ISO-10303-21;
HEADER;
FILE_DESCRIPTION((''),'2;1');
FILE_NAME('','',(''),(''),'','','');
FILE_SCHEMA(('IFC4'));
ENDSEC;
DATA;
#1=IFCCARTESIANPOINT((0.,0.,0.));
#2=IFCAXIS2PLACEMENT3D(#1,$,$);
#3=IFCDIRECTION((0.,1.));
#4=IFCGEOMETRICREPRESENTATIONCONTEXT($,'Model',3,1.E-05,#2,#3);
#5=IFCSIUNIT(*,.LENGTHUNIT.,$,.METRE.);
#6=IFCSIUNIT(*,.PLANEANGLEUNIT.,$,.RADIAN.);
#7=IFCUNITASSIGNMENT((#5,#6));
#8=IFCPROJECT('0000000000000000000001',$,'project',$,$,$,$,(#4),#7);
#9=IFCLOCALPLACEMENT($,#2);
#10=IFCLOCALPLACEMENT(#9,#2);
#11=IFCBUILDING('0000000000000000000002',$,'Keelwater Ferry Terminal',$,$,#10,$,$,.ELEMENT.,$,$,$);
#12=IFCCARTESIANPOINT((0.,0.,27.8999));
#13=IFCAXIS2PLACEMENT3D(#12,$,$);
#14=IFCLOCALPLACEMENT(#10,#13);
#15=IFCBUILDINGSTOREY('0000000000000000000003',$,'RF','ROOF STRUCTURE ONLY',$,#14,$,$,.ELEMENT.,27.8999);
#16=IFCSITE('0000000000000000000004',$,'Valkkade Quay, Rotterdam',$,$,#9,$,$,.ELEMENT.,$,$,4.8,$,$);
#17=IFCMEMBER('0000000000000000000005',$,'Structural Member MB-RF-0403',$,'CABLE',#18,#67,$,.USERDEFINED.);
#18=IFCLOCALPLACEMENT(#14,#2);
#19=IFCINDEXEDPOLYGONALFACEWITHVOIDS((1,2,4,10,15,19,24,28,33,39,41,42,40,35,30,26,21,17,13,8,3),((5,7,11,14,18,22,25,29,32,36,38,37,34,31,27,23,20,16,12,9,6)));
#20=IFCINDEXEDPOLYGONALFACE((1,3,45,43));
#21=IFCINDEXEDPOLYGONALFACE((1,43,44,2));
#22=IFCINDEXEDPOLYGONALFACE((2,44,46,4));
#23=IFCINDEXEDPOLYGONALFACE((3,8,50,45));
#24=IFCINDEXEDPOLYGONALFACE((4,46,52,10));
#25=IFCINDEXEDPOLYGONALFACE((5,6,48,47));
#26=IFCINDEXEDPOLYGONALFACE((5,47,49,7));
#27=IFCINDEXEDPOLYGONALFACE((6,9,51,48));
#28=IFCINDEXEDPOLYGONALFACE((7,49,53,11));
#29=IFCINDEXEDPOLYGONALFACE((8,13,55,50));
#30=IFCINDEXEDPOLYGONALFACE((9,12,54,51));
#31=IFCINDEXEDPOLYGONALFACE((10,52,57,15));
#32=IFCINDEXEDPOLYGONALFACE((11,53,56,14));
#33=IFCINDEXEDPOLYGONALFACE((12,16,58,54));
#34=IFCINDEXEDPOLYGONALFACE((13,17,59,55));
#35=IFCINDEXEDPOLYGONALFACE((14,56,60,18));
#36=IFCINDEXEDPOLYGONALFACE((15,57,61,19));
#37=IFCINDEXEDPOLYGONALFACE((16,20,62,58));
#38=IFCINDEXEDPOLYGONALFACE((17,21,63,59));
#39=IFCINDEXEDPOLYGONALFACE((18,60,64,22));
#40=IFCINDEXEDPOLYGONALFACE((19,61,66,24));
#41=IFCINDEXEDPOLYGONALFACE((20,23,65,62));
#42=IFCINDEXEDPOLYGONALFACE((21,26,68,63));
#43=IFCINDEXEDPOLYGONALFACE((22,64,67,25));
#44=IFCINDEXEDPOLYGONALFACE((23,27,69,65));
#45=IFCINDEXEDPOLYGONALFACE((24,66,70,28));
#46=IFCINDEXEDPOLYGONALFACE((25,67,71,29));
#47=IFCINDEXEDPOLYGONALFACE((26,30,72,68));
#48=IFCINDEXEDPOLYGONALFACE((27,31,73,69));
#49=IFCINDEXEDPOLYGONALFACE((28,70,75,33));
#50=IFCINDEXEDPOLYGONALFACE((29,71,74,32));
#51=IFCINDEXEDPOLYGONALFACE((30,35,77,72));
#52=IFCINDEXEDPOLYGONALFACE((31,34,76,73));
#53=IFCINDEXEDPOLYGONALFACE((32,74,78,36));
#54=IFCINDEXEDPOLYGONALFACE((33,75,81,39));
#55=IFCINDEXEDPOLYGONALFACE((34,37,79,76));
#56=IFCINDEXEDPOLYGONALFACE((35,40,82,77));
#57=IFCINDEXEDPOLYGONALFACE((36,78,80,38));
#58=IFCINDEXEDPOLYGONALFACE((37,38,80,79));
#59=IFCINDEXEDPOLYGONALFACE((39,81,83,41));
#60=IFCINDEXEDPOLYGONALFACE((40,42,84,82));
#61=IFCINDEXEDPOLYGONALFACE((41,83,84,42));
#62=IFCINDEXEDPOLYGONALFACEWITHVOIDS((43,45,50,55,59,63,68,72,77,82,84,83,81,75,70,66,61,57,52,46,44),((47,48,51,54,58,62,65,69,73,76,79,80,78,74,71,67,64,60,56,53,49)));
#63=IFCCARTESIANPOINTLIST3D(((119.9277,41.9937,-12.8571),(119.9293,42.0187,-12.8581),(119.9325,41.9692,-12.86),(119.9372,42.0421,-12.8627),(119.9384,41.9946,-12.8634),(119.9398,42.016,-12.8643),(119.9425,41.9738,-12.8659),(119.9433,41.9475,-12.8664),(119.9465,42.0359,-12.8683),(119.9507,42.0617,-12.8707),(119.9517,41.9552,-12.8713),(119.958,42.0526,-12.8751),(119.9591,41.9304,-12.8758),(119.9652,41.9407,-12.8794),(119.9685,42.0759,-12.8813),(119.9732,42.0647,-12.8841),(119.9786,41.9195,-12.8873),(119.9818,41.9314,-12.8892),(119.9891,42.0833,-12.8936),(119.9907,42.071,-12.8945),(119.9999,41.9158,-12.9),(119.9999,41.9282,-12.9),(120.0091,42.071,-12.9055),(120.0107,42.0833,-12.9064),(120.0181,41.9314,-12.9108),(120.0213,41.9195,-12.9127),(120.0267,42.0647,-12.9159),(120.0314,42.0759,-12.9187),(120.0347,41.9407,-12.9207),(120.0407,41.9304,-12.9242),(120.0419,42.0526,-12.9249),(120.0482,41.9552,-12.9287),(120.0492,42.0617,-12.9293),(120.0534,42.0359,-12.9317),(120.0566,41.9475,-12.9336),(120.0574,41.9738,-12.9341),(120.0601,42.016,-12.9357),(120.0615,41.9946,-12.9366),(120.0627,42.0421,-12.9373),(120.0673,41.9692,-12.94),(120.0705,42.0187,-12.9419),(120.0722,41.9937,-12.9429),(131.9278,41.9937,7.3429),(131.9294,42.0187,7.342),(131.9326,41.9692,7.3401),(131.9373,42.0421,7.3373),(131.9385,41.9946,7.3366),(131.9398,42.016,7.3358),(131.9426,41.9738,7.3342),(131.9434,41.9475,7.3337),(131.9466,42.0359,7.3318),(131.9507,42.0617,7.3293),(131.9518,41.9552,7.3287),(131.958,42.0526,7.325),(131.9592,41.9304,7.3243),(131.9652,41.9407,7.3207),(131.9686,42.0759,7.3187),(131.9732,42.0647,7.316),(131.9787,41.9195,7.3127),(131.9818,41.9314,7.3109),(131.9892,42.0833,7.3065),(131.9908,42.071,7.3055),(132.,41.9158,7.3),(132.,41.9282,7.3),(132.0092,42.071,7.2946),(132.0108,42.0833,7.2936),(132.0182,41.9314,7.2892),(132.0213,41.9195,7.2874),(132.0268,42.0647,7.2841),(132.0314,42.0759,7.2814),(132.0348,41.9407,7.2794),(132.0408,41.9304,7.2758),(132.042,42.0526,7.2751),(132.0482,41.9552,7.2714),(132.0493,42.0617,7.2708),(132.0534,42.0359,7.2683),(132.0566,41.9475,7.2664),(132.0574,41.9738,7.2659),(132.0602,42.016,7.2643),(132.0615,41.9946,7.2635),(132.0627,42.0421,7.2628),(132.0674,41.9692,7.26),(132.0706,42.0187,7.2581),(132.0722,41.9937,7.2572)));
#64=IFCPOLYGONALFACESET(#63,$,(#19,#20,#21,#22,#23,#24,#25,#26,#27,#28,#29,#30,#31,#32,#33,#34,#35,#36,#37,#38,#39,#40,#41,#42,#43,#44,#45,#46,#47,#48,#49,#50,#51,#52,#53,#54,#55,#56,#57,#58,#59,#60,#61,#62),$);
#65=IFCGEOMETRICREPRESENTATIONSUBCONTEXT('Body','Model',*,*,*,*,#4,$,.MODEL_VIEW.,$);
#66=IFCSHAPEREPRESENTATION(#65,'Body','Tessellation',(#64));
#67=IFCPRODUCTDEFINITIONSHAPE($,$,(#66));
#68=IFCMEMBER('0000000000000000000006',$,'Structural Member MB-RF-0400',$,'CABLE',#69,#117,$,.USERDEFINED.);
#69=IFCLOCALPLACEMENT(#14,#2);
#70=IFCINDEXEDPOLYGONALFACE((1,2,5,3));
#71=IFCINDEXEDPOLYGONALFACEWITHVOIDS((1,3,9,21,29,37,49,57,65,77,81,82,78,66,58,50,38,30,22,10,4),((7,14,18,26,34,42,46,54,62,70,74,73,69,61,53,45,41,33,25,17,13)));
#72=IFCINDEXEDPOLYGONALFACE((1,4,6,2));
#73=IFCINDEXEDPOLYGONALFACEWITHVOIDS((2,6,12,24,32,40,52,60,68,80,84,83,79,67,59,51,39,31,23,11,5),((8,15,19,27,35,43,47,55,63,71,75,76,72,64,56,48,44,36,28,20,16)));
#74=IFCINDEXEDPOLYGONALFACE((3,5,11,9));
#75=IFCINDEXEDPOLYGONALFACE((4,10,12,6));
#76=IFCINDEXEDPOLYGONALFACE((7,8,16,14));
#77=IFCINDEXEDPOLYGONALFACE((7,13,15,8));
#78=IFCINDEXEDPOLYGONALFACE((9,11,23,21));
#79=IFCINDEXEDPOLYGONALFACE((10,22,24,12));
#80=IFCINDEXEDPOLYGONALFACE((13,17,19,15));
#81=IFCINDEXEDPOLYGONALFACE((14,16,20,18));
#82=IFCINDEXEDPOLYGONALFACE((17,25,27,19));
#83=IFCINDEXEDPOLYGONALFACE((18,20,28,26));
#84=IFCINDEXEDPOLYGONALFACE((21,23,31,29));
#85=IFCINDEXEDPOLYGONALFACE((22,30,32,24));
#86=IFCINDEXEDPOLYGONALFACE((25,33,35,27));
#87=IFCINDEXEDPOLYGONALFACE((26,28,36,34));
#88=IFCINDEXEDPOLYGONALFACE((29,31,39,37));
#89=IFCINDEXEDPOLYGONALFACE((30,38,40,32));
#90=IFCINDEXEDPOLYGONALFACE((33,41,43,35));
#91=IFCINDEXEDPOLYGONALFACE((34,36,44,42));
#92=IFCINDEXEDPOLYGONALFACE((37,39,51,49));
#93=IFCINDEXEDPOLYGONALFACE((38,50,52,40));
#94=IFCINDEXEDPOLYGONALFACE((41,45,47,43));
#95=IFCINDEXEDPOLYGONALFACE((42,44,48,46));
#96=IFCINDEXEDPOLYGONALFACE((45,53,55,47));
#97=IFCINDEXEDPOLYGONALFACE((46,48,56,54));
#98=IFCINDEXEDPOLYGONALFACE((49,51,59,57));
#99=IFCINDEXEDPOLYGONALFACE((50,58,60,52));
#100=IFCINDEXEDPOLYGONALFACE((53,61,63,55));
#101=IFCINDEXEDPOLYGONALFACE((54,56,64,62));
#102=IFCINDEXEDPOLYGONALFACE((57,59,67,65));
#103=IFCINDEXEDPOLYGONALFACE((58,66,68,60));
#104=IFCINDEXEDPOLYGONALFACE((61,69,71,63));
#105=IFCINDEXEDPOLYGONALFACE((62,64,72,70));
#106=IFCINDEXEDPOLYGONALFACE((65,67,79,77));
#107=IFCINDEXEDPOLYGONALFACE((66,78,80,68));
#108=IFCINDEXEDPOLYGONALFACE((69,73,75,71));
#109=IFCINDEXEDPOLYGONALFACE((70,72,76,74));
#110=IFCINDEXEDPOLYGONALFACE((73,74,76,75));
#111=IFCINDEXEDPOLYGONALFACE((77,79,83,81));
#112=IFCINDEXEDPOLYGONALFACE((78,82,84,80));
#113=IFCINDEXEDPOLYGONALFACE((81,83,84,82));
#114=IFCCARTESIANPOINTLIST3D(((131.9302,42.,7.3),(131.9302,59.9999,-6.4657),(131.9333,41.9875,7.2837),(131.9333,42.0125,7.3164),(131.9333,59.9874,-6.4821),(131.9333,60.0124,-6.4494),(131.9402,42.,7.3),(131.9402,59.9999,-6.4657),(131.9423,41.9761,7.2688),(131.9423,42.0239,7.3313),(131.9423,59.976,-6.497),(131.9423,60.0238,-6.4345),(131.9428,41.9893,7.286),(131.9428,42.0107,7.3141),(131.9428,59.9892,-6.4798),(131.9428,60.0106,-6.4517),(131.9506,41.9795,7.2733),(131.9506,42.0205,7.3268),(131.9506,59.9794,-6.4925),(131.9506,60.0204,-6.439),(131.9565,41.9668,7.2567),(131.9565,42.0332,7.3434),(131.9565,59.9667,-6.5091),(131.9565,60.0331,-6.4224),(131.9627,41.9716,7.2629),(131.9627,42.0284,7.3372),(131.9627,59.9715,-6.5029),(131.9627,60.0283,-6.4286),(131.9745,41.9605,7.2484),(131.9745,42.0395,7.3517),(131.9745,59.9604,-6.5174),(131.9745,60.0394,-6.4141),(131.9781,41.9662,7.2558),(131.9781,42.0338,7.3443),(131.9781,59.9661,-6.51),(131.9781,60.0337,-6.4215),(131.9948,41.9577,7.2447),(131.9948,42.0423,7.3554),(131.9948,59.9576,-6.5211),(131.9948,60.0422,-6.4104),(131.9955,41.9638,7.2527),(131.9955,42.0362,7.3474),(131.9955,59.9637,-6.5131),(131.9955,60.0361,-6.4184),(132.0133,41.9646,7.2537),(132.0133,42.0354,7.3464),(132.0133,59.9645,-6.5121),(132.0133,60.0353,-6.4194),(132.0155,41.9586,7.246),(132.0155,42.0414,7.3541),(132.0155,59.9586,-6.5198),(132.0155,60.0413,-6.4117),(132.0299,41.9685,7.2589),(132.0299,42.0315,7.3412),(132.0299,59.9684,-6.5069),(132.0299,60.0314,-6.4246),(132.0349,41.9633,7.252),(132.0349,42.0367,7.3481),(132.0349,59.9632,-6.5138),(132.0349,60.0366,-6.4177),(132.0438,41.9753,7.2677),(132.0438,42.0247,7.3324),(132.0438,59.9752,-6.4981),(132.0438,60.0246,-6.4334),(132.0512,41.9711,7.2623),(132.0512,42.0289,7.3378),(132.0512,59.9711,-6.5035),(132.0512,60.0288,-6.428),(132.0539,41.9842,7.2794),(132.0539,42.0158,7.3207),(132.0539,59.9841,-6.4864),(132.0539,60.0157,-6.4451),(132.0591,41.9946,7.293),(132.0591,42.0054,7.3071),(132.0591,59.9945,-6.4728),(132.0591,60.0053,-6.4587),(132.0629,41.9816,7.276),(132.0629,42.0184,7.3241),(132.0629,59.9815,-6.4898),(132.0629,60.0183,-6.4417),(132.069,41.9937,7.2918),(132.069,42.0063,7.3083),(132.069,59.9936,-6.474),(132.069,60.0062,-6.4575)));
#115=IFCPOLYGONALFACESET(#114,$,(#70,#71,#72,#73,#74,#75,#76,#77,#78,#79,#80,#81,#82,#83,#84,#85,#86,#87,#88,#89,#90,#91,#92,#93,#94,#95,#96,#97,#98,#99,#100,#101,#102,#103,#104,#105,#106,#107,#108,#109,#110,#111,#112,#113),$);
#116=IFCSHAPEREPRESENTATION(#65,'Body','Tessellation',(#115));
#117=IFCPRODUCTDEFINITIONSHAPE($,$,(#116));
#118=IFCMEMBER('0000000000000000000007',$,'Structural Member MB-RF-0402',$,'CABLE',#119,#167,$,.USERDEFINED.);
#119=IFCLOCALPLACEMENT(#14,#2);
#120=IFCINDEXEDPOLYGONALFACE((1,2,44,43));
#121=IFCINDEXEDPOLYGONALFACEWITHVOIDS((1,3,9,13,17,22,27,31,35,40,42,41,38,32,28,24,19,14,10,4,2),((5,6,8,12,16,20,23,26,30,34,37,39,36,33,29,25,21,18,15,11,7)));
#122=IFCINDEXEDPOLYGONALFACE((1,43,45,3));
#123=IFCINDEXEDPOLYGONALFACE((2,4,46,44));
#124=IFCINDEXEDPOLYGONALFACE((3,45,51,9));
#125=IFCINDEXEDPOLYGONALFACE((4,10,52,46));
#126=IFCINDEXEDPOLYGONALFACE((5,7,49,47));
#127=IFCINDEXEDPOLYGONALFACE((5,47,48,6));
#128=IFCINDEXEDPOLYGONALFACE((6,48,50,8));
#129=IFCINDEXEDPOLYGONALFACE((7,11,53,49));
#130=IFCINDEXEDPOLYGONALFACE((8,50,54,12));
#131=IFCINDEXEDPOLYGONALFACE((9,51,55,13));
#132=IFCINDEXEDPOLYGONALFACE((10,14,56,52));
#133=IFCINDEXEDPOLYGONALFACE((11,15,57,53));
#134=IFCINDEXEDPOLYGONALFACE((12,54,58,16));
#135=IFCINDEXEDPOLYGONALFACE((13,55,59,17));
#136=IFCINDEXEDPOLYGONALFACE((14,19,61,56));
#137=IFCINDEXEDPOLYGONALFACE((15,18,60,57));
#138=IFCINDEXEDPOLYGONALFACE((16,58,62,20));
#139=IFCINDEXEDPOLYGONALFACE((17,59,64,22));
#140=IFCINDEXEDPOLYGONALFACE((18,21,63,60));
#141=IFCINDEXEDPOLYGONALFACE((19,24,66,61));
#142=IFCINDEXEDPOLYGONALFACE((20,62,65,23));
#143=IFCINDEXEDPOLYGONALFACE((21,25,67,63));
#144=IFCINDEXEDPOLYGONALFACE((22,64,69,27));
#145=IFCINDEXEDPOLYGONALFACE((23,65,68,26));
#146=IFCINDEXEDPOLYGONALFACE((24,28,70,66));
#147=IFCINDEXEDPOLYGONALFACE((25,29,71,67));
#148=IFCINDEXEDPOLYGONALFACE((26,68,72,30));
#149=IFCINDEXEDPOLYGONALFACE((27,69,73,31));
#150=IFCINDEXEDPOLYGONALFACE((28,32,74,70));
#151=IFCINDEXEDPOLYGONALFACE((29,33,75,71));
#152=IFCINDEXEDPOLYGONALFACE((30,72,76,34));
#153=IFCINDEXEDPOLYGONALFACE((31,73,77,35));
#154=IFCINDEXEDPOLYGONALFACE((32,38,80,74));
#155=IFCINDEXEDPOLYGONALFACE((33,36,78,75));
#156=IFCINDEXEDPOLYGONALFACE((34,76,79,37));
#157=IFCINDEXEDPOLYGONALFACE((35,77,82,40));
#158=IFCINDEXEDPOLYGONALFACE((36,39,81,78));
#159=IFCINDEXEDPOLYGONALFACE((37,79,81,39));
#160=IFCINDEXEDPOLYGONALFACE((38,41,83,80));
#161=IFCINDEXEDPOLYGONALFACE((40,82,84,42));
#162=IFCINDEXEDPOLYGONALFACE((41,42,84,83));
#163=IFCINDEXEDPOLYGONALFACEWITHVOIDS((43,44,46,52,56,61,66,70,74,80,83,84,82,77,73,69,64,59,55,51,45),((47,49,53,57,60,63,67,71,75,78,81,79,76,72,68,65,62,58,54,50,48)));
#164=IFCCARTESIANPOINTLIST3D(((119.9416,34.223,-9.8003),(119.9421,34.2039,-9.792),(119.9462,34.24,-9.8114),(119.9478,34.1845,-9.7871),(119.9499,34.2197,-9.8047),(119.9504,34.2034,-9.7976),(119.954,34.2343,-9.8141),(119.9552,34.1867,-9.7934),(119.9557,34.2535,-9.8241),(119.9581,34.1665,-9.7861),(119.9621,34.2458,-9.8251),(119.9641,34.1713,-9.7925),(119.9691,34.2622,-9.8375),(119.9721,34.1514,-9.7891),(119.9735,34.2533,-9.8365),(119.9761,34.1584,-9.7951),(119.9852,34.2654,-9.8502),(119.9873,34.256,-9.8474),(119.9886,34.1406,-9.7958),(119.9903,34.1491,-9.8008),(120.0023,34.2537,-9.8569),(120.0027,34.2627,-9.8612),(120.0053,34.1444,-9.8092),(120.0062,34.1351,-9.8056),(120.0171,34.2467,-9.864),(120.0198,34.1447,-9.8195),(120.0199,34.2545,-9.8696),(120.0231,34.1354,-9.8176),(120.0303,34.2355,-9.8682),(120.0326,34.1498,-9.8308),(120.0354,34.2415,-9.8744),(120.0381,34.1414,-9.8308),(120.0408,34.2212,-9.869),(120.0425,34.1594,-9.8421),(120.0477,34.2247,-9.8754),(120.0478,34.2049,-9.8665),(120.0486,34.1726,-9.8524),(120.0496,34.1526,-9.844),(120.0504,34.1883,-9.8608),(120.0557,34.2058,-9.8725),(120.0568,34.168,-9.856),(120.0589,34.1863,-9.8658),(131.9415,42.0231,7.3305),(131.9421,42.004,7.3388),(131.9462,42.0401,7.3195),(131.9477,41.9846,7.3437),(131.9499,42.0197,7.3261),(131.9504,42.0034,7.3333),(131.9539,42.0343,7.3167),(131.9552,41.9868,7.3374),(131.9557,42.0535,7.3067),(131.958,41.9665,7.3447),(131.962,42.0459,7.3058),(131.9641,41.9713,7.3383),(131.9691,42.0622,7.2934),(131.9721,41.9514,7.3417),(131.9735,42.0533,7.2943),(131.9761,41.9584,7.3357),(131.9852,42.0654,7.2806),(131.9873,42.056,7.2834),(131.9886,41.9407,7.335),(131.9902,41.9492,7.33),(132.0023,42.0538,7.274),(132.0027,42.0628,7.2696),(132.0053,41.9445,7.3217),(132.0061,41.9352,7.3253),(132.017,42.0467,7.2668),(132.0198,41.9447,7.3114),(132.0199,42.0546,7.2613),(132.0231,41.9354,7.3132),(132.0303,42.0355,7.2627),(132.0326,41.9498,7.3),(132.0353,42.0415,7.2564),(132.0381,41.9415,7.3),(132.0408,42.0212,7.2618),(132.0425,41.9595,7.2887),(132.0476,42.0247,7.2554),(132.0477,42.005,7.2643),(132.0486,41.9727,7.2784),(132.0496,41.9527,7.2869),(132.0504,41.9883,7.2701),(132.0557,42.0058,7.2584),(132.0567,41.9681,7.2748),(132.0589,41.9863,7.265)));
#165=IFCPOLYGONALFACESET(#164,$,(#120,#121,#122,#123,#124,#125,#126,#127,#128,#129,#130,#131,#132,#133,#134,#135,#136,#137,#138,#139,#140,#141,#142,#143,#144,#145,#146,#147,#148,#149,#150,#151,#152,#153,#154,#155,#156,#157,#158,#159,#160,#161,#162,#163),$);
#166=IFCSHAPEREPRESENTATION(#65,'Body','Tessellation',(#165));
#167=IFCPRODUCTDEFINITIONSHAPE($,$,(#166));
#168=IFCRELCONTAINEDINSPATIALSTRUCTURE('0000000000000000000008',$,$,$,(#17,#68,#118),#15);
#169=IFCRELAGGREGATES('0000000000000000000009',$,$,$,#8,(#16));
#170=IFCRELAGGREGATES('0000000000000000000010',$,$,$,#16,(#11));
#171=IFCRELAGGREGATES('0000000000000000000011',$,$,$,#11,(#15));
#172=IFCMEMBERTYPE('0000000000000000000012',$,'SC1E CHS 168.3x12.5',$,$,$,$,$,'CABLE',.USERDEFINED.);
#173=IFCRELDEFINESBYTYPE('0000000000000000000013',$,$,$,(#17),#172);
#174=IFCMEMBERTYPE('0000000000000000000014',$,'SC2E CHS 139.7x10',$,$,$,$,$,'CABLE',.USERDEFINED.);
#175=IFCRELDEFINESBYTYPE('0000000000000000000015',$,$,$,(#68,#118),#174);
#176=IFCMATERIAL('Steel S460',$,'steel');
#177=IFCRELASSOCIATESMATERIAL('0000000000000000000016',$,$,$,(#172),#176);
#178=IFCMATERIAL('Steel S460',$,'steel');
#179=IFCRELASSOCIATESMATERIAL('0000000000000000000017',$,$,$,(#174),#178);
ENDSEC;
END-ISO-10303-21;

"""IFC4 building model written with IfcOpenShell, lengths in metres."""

from ifc_helpers import new_model, si_unit, direction, frame, origin, origin_2d, place, context, subcontext, project, spatial, hollow_circle, extrude, material, material_profile, profile_set, type_object, element, save


model = new_model("IFC4")

# Units and contexts
model_context = context("Model", 3, precision=1e-05, world=origin(), true_north=direction((0.0, 1.0)))
body_context = subcontext(model_context, "Body", "Model", "MODEL_VIEW")
ifc_project = project(units=[si_unit("LENGTHUNIT", "METRE"), si_unit("PLANEANGLEUNIT", "RADIAN")], contexts=[model_context])

# Site, building, storey
site_placement = place(None, origin())
site = spatial("IfcSite", under=ifc_project, at=site_placement, Name="Valkkade Quay, Rotterdam", CompositionType="ELEMENT", RefElevation=4.8)
building_placement = place(site_placement, origin())
building = spatial("IfcBuilding", under=site, at=building_placement, Name="Keelwater Ferry Terminal", CompositionType="ELEMENT")
storey_placement = place(building_placement, frame((0.0, 0.0, 27.8999)))
storey = spatial("IfcBuildingStorey", under=building, at=storey_placement, Name="RF", Description="ROOF STRUCTURE ONLY", CompositionType="ELEMENT", Elevation=27.8999)

# Members
ifc_material_1 = material(Name="Steel S460", Category="steel")
ifc_material_profile_1 = material_profile(ifc_material_1, hollow_circle(Radius=0.0842, WallThickness=0.0125, at=origin_2d()), Name="CHS 168.3x12.5")
ifc_profile_set_1 = profile_set([ifc_material_profile_1], Name="Steel S460")
member_type_1 = type_object("IfcMemberType", Name="SC1E CHS 168.3x12.5", ElementType="CABLE", PredefinedType="USERDEFINED", material=ifc_profile_set_1)
member_1_placement = place(storey_placement, frame((132.0, 42.0, 7.3), z_axis=(-0.510736, 0.0, -0.859737), x_axis=(0.0, -1.0, 0.0)))
element("IfcMember", 1, at=member_1_placement, inside=storey, type_object=member_type_1, Name="Structural Member MB-RF-0403", ObjectType="CABLE", PredefinedType="USERDEFINED", context=body_context, shape_type="SweptSolid", body=[
    extrude(hollow_circle(Radius=0.0842, WallThickness=0.0125, at=origin_2d()), origin(), (0.0, 0.0, 1.0), 23.4956),
])
ifc_material_2 = material(Name="Steel S460", Category="steel")
ifc_material_profile_2 = material_profile(ifc_material_2, hollow_circle(Radius=0.0698, WallThickness=0.01, at=origin_2d()), Name="CHS 139.7x10")
ifc_profile_set_2 = profile_set([ifc_material_profile_2], Name="Steel S460")
member_type_2 = type_object("IfcMemberType", Name="SC2E CHS 139.7x10", ElementType="CABLE", PredefinedType="USERDEFINED", material=ifc_profile_set_2)
member_2_placement = place(storey_placement, frame((132.0, 42.0, 7.3), z_axis=(0.0, 0.794333, -0.607482), x_axis=(-1.0, 0.0, 0.0)))
element("IfcMember", 2, at=member_2_placement, inside=storey, type_object=member_type_2, Name="Structural Member MB-RF-0400", ObjectType="CABLE", PredefinedType="USERDEFINED", context=body_context, shape_type="SweptSolid", body=[
    extrude(hollow_circle(Radius=0.0698, WallThickness=0.01, at=origin_2d()), origin(), (0.0, 0.0, 1.0), 22.6604),
])
member_3_placement = place(storey_placement, frame((132.0, 42.0, 7.3), z_axis=(-0.537567, -0.349421, -0.767416), x_axis=(0.544991, -0.838442, 0.0)))
element("IfcMember", 3, at=member_3_placement, inside=storey, type_object=member_type_2, Name="Structural Member MB-RF-0402", ObjectType="CABLE", PredefinedType="USERDEFINED", context=body_context, shape_type="SweptSolid", body=[
    extrude(hollow_circle(Radius=0.0698, WallThickness=0.01, at=origin_2d()), origin(), (0.0, 0.0, 1.0), 22.3228),
])

save(model, "model.ifc")
